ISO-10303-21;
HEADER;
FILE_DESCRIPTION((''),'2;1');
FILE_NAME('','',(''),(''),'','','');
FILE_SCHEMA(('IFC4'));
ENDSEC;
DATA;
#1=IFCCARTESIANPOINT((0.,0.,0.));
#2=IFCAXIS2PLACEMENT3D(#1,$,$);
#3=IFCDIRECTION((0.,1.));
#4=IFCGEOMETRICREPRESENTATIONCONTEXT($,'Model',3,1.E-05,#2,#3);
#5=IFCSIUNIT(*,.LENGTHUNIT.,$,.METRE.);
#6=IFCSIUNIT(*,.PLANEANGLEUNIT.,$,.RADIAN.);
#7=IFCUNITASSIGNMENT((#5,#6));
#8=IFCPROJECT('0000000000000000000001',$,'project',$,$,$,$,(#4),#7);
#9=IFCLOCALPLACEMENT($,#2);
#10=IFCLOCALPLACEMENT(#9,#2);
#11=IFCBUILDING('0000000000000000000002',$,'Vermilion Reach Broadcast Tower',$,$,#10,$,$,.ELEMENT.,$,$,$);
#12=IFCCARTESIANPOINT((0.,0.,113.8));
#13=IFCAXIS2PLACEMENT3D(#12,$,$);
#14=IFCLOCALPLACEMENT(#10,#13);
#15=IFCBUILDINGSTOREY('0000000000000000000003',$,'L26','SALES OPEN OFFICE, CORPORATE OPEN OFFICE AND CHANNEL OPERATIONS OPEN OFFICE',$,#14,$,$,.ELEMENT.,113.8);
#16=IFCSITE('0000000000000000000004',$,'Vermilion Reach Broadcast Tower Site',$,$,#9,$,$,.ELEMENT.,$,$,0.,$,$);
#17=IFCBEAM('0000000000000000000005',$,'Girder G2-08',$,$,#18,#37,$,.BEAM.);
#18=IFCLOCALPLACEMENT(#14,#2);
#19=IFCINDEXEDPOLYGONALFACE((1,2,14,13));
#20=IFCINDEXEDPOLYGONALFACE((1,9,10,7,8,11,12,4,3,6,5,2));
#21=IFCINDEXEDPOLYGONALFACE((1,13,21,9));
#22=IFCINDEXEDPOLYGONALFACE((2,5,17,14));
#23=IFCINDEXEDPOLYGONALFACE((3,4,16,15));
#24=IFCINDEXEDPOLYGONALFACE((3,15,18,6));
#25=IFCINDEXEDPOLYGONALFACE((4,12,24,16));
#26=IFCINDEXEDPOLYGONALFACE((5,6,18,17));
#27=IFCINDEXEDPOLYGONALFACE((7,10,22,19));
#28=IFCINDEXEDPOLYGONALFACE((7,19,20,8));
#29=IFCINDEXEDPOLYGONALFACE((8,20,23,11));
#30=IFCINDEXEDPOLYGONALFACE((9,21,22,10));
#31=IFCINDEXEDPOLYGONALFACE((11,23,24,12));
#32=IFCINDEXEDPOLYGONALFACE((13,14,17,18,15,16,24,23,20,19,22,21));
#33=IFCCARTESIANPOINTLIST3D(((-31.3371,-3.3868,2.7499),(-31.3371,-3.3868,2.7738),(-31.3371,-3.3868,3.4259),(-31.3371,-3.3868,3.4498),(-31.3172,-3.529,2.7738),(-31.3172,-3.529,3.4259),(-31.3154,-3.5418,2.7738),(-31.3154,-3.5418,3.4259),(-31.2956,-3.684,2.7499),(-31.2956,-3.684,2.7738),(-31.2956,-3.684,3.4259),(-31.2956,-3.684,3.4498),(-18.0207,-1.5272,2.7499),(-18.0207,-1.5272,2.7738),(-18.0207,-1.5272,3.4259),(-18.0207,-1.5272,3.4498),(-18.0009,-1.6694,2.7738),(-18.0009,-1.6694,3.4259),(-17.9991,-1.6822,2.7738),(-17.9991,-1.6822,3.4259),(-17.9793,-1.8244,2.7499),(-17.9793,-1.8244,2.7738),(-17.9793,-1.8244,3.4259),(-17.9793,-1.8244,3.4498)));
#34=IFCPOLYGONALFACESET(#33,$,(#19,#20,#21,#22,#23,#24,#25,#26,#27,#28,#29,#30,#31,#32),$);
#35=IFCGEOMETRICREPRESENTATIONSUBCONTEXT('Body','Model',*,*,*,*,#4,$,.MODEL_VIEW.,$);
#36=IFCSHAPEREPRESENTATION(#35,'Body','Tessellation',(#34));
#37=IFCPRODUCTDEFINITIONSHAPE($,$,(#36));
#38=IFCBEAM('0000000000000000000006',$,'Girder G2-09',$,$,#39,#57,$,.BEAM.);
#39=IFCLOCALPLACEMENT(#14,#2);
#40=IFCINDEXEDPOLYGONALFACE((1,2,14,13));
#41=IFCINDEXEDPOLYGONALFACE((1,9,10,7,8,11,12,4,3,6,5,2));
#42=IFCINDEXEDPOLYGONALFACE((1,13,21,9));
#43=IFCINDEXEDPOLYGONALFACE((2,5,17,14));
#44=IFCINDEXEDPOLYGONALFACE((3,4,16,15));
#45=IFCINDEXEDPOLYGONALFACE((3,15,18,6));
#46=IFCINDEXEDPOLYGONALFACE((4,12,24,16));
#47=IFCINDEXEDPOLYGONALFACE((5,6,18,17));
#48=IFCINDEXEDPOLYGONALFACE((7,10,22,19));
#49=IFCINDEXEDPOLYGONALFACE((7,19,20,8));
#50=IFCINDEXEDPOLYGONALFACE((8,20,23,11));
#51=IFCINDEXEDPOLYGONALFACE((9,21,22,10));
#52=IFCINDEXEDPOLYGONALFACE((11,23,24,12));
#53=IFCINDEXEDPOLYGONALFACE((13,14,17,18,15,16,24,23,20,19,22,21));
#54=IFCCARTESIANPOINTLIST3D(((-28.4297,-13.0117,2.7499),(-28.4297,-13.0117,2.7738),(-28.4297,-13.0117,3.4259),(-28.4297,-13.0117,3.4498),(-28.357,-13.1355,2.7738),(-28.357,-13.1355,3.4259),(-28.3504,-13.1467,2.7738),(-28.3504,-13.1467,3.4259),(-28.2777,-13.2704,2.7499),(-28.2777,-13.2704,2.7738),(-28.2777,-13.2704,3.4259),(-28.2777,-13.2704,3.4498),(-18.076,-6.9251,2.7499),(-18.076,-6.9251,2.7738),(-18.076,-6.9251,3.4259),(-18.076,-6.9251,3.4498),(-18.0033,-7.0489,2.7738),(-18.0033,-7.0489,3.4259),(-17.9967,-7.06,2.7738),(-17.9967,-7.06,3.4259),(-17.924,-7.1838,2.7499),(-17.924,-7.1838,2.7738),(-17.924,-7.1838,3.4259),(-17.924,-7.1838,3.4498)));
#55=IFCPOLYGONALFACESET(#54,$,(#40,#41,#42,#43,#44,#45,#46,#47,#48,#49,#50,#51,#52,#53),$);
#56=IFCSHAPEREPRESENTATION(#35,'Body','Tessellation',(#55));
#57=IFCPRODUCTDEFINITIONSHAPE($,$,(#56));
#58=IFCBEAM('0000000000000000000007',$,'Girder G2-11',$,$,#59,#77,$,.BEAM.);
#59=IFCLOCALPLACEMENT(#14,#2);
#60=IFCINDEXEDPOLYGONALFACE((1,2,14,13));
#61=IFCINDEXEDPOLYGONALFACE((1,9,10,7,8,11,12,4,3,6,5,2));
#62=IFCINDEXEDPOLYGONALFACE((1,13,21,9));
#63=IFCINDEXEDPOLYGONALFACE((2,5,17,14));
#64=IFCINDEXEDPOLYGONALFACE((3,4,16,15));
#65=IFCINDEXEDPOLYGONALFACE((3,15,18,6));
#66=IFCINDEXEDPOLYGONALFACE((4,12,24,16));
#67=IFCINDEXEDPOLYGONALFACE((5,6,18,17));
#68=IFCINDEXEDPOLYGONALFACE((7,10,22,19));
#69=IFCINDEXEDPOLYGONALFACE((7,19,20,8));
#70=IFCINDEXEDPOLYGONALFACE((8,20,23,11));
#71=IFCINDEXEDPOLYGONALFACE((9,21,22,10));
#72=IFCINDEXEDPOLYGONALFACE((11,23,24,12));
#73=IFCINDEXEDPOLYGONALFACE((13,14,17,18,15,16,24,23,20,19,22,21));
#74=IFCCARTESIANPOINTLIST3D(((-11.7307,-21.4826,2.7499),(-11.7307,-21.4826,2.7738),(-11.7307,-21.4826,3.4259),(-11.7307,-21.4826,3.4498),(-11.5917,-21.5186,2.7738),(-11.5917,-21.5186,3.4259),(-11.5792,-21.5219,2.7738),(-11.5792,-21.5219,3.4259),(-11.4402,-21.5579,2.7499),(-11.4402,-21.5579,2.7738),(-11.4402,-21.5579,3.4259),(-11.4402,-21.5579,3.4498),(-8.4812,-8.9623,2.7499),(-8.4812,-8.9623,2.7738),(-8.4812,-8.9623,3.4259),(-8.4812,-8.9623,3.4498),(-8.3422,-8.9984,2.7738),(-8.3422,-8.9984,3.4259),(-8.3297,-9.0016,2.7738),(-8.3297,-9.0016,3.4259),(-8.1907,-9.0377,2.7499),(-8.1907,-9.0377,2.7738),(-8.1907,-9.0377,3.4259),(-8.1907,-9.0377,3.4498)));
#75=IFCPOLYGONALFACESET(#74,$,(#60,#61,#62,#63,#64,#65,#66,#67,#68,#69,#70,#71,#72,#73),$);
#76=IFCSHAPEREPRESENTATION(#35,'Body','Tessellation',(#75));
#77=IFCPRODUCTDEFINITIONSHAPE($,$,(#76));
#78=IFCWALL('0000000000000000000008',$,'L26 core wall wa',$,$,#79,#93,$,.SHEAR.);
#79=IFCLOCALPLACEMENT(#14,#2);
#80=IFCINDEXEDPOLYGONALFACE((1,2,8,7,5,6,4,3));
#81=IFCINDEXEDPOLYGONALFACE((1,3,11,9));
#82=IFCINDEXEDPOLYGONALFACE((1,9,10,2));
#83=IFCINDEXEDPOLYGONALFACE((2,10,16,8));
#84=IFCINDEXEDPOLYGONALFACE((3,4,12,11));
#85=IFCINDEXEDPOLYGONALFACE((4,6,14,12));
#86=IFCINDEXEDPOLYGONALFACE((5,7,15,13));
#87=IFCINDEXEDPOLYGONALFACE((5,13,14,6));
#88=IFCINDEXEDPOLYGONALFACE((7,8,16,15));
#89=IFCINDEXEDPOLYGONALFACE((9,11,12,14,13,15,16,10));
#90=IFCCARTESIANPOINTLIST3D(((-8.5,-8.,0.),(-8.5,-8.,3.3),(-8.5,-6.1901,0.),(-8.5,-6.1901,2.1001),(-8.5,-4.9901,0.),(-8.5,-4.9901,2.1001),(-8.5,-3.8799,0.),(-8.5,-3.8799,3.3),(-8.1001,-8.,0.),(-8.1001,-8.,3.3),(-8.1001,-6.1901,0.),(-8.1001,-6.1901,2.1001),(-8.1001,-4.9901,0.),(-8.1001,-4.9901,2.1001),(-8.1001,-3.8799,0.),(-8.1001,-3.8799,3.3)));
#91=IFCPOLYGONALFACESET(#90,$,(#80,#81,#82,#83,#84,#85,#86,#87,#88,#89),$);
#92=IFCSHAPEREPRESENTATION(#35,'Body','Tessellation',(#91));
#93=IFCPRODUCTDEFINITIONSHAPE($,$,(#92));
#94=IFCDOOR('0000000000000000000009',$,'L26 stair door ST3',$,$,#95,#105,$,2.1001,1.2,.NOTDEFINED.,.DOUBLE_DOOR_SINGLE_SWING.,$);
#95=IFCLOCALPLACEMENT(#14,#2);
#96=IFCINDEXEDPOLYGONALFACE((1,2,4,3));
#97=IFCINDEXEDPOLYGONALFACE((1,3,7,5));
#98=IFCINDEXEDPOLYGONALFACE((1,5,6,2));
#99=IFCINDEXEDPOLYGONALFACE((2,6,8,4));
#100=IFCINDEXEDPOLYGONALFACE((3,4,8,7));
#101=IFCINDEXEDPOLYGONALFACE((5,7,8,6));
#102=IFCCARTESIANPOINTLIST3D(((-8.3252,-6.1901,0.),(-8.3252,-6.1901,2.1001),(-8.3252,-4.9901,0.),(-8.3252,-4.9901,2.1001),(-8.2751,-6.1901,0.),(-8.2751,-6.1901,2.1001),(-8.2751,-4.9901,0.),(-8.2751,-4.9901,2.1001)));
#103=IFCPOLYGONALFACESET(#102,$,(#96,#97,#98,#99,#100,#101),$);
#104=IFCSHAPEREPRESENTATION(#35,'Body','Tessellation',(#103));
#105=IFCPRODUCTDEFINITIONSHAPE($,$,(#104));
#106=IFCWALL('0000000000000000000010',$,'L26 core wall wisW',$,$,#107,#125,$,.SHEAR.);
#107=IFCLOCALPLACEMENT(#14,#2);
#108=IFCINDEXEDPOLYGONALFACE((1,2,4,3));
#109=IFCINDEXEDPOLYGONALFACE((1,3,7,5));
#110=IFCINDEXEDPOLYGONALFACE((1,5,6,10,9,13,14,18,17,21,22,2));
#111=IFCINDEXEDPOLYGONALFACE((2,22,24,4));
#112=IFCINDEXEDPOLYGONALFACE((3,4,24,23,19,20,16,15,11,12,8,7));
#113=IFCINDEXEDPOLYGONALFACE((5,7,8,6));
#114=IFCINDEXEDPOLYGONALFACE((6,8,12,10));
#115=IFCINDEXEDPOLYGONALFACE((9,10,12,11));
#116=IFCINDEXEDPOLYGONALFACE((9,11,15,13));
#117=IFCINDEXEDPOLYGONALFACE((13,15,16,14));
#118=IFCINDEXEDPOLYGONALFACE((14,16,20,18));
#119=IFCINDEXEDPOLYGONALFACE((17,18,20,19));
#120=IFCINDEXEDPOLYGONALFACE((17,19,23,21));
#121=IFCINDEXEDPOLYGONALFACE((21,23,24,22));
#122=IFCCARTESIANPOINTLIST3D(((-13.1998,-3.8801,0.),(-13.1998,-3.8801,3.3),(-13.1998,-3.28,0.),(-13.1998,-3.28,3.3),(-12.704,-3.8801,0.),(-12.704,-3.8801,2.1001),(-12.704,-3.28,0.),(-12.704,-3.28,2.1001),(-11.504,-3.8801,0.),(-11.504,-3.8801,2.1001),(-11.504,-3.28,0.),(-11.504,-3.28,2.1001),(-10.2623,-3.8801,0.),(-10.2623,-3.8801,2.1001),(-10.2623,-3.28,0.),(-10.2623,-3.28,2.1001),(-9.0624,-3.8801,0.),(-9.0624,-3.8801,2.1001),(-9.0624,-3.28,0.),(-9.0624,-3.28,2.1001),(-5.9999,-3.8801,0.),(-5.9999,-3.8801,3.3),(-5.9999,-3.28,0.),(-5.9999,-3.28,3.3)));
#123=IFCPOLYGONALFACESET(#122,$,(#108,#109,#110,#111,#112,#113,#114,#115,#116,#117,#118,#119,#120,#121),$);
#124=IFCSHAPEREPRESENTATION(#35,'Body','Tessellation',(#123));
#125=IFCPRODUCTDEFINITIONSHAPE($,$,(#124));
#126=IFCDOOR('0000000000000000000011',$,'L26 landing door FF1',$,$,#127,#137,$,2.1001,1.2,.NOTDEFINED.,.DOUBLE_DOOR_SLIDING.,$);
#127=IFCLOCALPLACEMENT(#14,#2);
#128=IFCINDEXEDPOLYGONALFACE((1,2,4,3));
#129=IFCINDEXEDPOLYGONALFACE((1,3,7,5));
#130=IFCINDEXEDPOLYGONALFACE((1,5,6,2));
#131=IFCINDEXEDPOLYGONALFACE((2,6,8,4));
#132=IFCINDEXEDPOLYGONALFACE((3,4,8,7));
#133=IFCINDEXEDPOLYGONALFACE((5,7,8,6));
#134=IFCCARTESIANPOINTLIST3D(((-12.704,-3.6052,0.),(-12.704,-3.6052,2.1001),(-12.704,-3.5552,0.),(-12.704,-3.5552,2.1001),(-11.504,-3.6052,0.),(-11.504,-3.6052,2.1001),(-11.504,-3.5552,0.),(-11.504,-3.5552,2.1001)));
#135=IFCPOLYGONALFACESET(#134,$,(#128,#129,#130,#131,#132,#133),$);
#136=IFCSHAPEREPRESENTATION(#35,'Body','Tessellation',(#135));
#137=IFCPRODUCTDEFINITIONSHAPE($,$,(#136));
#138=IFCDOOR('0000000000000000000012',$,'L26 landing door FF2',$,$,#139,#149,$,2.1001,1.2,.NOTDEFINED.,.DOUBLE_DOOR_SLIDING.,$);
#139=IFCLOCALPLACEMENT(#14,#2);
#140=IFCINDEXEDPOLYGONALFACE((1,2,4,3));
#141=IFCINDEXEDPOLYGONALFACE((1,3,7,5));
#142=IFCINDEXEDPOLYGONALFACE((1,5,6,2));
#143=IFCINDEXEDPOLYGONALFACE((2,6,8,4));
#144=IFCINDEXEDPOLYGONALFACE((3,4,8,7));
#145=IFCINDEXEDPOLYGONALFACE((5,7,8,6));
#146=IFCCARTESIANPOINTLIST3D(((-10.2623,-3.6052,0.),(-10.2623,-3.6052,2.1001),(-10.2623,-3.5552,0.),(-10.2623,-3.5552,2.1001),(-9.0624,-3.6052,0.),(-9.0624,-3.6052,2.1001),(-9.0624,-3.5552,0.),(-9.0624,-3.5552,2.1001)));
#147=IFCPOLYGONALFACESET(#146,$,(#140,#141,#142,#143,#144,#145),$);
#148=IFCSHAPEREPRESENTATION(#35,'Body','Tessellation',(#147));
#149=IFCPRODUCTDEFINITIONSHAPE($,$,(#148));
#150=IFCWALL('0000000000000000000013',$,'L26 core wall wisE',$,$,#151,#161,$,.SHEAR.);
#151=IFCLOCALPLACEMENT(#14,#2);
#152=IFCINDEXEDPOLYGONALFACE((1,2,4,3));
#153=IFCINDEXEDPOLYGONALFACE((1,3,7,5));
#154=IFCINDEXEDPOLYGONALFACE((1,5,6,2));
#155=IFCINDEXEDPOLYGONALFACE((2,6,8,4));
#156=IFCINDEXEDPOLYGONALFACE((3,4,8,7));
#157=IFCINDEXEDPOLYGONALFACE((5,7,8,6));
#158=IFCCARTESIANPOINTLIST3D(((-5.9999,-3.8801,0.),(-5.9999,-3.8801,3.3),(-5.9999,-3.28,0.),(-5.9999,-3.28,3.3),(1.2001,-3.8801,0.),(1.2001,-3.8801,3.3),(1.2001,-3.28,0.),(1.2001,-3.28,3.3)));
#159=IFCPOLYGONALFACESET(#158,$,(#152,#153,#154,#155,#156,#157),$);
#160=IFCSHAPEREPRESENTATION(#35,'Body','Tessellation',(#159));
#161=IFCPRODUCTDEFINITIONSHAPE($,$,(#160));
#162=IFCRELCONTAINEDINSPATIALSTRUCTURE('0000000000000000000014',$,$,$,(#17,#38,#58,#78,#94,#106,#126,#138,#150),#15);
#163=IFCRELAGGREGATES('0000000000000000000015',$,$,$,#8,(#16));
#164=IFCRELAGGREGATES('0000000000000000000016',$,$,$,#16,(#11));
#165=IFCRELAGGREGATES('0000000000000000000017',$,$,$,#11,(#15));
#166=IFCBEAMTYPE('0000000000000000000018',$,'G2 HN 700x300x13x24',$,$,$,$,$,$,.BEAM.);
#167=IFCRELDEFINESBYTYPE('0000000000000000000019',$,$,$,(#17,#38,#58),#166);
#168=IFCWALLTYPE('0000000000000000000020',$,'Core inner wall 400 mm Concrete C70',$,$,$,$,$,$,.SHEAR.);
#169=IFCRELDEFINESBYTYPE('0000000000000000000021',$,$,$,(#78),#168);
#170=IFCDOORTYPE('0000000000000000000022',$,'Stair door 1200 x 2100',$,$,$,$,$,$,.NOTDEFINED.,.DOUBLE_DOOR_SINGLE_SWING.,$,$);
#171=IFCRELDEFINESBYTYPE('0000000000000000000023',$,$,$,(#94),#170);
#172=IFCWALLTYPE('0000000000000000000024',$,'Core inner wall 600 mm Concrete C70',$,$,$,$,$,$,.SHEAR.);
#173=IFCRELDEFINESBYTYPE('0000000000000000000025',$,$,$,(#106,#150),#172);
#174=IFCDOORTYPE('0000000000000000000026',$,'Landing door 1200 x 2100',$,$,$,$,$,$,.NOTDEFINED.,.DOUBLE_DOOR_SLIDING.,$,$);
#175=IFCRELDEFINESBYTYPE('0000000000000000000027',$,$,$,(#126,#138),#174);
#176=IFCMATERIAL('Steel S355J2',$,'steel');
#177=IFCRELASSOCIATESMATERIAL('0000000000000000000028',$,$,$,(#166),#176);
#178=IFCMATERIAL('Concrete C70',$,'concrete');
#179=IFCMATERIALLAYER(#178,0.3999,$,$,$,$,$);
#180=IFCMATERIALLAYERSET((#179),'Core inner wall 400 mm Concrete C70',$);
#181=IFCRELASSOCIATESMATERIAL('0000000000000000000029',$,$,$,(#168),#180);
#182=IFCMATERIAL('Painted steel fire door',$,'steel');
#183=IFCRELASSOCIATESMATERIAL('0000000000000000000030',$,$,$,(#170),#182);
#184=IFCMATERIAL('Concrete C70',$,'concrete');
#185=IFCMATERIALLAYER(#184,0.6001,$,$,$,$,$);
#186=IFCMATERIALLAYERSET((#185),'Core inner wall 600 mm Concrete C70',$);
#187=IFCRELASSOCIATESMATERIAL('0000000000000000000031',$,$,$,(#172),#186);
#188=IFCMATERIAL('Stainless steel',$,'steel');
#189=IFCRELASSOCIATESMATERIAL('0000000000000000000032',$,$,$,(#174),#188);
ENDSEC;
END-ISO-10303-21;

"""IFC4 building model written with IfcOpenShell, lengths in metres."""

from ifc_helpers import new_model, si_unit, direction, frame, frame_2d, origin, origin_2d, place, context, subcontext, project, spatial, rectangle, i_section, extrude, material, layer, layer_set, material_profile, profile_set, type_object, element, fill, save


model = new_model("IFC4")

# Units and contexts
model_context = context("Model", 3, precision=1e-05, world=origin(), true_north=direction((0.0, 1.0)))
body_context = subcontext(model_context, "Body", "Model", "MODEL_VIEW")
ifc_project = project(units=[si_unit("LENGTHUNIT", "METRE"), si_unit("PLANEANGLEUNIT", "RADIAN")], contexts=[model_context])

# Site, building, storey
site_placement = place(None, origin())
site = spatial("IfcSite", under=ifc_project, at=site_placement, Name="Vermilion Reach Broadcast Tower Site", CompositionType="ELEMENT", RefElevation=0.0)
building_placement = place(site_placement, origin())
building = spatial("IfcBuilding", under=site, at=building_placement, Name="Vermilion Reach Broadcast Tower", CompositionType="ELEMENT")
storey_placement = place(building_placement, frame((0.0, 0.0, 113.8)))
storey = spatial("IfcBuildingStorey", under=building, at=storey_placement, Name="L26", Description="SALES OPEN OFFICE, CORPORATE OPEN OFFICE AND CHANNEL OPERATIONS OPEN OFFICE", CompositionType="ELEMENT", Elevation=113.8)

# Beams
ifc_material_1 = material(Name="Steel S355J2", Category="steel")
ifc_material_profile = material_profile(ifc_material_1, i_section(OverallWidth=0.3, OverallDepth=0.7, WebThickness=0.0129, FlangeThickness=0.0239, at=origin_2d()), Name="S355J2 HN 700x300x13x24")
ifc_profile_set = profile_set([ifc_material_profile], Name="Steel S355J2")
beam_type = type_object("IfcBeamType", Name="G2 HN 700x300x13x24", PredefinedType="BEAM", material=ifc_profile_set)
beam_1_placement = place(storey_placement, frame((-18.0, -1.6758, 3.0999), z_axis=(-0.990389, -0.138307, 0.0), x_axis=(0.138307, -0.990389, 0.0)))
element("IfcBeam", 1, at=beam_1_placement, inside=storey, type_object=beam_type, Name="Girder G2-08", PredefinedType="BEAM", context=body_context, shape_type="SweptSolid", body=[
    extrude(i_section(OverallWidth=0.3, OverallDepth=0.7, WebThickness=0.0129, FlangeThickness=0.0239, at=origin_2d()), origin(), (0.0, 0.0, 1.0), 13.4456),
])
beam_2_placement = place(storey_placement, frame((-18.0, -7.0544, 3.0999), z_axis=(-0.862072, -0.506786, 0.0), x_axis=(0.506786, -0.862072, 0.0)))
element("IfcBeam", 2, at=beam_2_placement, inside=storey, type_object=beam_type, Name="Girder G2-09", PredefinedType="BEAM", context=body_context, shape_type="SweptSolid", body=[
    extrude(i_section(OverallWidth=0.3, OverallDepth=0.7, WebThickness=0.0129, FlangeThickness=0.0239, at=origin_2d()), origin(), (0.0, 0.0, 1.0), 12.0103),
])
beam_3_placement = place(storey_placement, frame((-8.3359, -9.0, 3.0999), z_axis=(-0.251217, -0.967931, 0.0), x_axis=(0.967931, -0.251217, 0.0)))
element("IfcBeam", 3, at=beam_3_placement, inside=storey, type_object=beam_type, Name="Girder G2-11", PredefinedType="BEAM", context=body_context, shape_type="SweptSolid", body=[
    extrude(i_section(OverallWidth=0.3, OverallDepth=0.7, WebThickness=0.0129, FlangeThickness=0.0239, at=origin_2d()), origin(), (0.0, 0.0, 1.0), 12.9351),
])

# Wall, opening, door
ifc_material_2 = material(Name="Concrete C70", Category="concrete")
ifc_layer_1 = layer(ifc_material_2, 0.3999)
ifc_layer_set_1 = layer_set([ifc_layer_1], Name="Core inner wall 400 mm Concrete C70")
wall_type_1 = type_object("IfcWallType", Name="Core inner wall 400 mm Concrete C70", PredefinedType="SHEAR", material=ifc_layer_set_1)
wall_1_placement = place(storey_placement, frame((-8.3, -3.8799, 0.0), z_axis=(0.0, 0.0, 1.0), x_axis=(0.0, -1.0, 0.0)))
wall_1 = element("IfcWall", 4, at=wall_1_placement, inside=storey, type_object=wall_type_1, Name="L26 core wall wa", PredefinedType="SHEAR", context=body_context, shape_type="SweptSolid", body=[
    extrude(rectangle(XDim=4.1201, YDim=0.3999, at=frame_2d((2.0601, 0.0))), origin(), (0.0, 0.0, 1.0), 3.3),
])
opening_1_placement = place(wall_1_placement, frame((1.1101, 0.0, 0.0)))
opening_1 = element("IfcOpeningElement", 5, at=opening_1_placement, cuts=wall_1, PredefinedType="OPENING", context=body_context, shape_type="SweptSolid", body=[
    extrude(rectangle(XDim=1.2, YDim=2.1001, at=frame_2d((0.6001, 1.05))), frame((0.0, 0.21, 0.0), z_axis=(0.0, -1.0, 0.0), x_axis=(1.0, 0.0, 0.0)), (0.0, 0.0, 1.0), 0.4199),
])
ifc_material_3 = material(Name="Painted steel fire door", Category="steel")
door_type_1 = type_object("IfcDoorType", Name="Stair door 1200 x 2100", OperationType="DOUBLE_DOOR_SINGLE_SWING", PredefinedType="NOTDEFINED", material=ifc_material_3)
door_1_placement = place(opening_1_placement, origin())
door_1 = element("IfcDoor", 6, at=door_1_placement, inside=storey, type_object=door_type_1, Name="L26 stair door ST3", OperationType="DOUBLE_DOOR_SINGLE_SWING", OverallHeight=2.1001, OverallWidth=1.2, PredefinedType="NOTDEFINED", context=body_context, shape_type="SweptSolid", body=[
    extrude(rectangle(XDim=1.2, YDim=2.1001, at=frame_2d((0.6001, 1.05))), frame((0.0, 0.0249, 0.0), z_axis=(0.0, -1.0, 0.0), x_axis=(1.0, 0.0, 0.0)), (0.0, 0.0, 1.0), 0.05),
])
fill(opening_1, door_1)

# Wall, openings, doors
ifc_material_4 = material(Name="Concrete C70", Category="concrete")
ifc_layer_2 = layer(ifc_material_4, 0.6001)
ifc_layer_set_2 = layer_set([ifc_layer_2], Name="Core inner wall 600 mm Concrete C70")
wall_type_2 = type_object("IfcWallType", Name="Core inner wall 600 mm Concrete C70", PredefinedType="SHEAR", material=ifc_layer_set_2)
wall_2_placement = place(storey_placement, frame((-13.2, -3.5801, 0.0), z_axis=(0.0, 0.0, 1.0), x_axis=(1.0, 0.0, 0.0)))
wall_2 = element("IfcWall", 7, at=wall_2_placement, inside=storey, type_object=wall_type_2, Name="L26 core wall wisW", PredefinedType="SHEAR", context=body_context, shape_type="SweptSolid", body=[
    extrude(rectangle(XDim=7.2, YDim=0.6001, at=frame_2d((3.6001, 0.0))), origin(), (0.0, 0.0, 1.0), 3.3),
])
opening_2_placement = place(wall_2_placement, frame((0.4958, 0.0, 0.0)))
opening_2 = element("IfcOpeningElement", 8, at=opening_2_placement, cuts=wall_2, PredefinedType="OPENING", context=body_context, shape_type="SweptSolid", body=[
    extrude(rectangle(XDim=1.2, YDim=2.1001, at=frame_2d((0.6001, 1.05))), frame((0.0, 0.3101, 0.0), z_axis=(0.0, -1.0, 0.0), x_axis=(1.0, 0.0, 0.0)), (0.0, 0.0, 1.0), 0.6201),
])
opening_3_placement = place(wall_2_placement, frame((2.9375, 0.0, 0.0)))
opening_3 = element("IfcOpeningElement", 9, at=opening_3_placement, cuts=wall_2, PredefinedType="OPENING", context=body_context, shape_type="SweptSolid", body=[
    extrude(rectangle(XDim=1.2, YDim=2.1001, at=frame_2d((0.6001, 1.05))), frame((0.0, 0.3101, 0.0), z_axis=(0.0, -1.0, 0.0), x_axis=(1.0, 0.0, 0.0)), (0.0, 0.0, 1.0), 0.6201),
])
ifc_material_5 = material(Name="Stainless steel", Category="steel")
door_type_2 = type_object("IfcDoorType", Name="Landing door 1200 x 2100", OperationType="DOUBLE_DOOR_SLIDING", PredefinedType="NOTDEFINED", material=ifc_material_5)
door_2_placement = place(opening_2_placement, origin())
door_2 = element("IfcDoor", 10, at=door_2_placement, inside=storey, type_object=door_type_2, Name="L26 landing door FF1", OperationType="DOUBLE_DOOR_SLIDING", OverallHeight=2.1001, OverallWidth=1.2, PredefinedType="NOTDEFINED", context=body_context, shape_type="SweptSolid", body=[
    extrude(rectangle(XDim=1.2, YDim=2.1001, at=frame_2d((0.6001, 1.05))), frame((0.0, 0.0249, 0.0), z_axis=(0.0, -1.0, 0.0), x_axis=(1.0, 0.0, 0.0)), (0.0, 0.0, 1.0), 0.05),
])
fill(opening_2, door_2)
door_3_placement = place(opening_3_placement, origin())
door_3 = element("IfcDoor", 11, at=door_3_placement, inside=storey, type_object=door_type_2, Name="L26 landing door FF2", OperationType="DOUBLE_DOOR_SLIDING", OverallHeight=2.1001, OverallWidth=1.2, PredefinedType="NOTDEFINED", context=body_context, shape_type="SweptSolid", body=[
    extrude(rectangle(XDim=1.2, YDim=2.1001, at=frame_2d((0.6001, 1.05))), frame((0.0, 0.0249, 0.0), z_axis=(0.0, -1.0, 0.0), x_axis=(1.0, 0.0, 0.0)), (0.0, 0.0, 1.0), 0.05),
])
fill(opening_3, door_3)

# Wall
wall_3_placement = place(storey_placement, frame((-6.0, -3.5801, 0.0), z_axis=(0.0, 0.0, 1.0), x_axis=(1.0, 0.0, 0.0)))
element("IfcWall", 12, at=wall_3_placement, inside=storey, type_object=wall_type_2, Name="L26 core wall wisE", PredefinedType="SHEAR", context=body_context, shape_type="SweptSolid", body=[
    extrude(rectangle(XDim=7.2, YDim=0.6001, at=frame_2d((3.6001, 0.0))), origin(), (0.0, 0.0, 1.0), 3.3),
])

save(model, "model.ifc")
